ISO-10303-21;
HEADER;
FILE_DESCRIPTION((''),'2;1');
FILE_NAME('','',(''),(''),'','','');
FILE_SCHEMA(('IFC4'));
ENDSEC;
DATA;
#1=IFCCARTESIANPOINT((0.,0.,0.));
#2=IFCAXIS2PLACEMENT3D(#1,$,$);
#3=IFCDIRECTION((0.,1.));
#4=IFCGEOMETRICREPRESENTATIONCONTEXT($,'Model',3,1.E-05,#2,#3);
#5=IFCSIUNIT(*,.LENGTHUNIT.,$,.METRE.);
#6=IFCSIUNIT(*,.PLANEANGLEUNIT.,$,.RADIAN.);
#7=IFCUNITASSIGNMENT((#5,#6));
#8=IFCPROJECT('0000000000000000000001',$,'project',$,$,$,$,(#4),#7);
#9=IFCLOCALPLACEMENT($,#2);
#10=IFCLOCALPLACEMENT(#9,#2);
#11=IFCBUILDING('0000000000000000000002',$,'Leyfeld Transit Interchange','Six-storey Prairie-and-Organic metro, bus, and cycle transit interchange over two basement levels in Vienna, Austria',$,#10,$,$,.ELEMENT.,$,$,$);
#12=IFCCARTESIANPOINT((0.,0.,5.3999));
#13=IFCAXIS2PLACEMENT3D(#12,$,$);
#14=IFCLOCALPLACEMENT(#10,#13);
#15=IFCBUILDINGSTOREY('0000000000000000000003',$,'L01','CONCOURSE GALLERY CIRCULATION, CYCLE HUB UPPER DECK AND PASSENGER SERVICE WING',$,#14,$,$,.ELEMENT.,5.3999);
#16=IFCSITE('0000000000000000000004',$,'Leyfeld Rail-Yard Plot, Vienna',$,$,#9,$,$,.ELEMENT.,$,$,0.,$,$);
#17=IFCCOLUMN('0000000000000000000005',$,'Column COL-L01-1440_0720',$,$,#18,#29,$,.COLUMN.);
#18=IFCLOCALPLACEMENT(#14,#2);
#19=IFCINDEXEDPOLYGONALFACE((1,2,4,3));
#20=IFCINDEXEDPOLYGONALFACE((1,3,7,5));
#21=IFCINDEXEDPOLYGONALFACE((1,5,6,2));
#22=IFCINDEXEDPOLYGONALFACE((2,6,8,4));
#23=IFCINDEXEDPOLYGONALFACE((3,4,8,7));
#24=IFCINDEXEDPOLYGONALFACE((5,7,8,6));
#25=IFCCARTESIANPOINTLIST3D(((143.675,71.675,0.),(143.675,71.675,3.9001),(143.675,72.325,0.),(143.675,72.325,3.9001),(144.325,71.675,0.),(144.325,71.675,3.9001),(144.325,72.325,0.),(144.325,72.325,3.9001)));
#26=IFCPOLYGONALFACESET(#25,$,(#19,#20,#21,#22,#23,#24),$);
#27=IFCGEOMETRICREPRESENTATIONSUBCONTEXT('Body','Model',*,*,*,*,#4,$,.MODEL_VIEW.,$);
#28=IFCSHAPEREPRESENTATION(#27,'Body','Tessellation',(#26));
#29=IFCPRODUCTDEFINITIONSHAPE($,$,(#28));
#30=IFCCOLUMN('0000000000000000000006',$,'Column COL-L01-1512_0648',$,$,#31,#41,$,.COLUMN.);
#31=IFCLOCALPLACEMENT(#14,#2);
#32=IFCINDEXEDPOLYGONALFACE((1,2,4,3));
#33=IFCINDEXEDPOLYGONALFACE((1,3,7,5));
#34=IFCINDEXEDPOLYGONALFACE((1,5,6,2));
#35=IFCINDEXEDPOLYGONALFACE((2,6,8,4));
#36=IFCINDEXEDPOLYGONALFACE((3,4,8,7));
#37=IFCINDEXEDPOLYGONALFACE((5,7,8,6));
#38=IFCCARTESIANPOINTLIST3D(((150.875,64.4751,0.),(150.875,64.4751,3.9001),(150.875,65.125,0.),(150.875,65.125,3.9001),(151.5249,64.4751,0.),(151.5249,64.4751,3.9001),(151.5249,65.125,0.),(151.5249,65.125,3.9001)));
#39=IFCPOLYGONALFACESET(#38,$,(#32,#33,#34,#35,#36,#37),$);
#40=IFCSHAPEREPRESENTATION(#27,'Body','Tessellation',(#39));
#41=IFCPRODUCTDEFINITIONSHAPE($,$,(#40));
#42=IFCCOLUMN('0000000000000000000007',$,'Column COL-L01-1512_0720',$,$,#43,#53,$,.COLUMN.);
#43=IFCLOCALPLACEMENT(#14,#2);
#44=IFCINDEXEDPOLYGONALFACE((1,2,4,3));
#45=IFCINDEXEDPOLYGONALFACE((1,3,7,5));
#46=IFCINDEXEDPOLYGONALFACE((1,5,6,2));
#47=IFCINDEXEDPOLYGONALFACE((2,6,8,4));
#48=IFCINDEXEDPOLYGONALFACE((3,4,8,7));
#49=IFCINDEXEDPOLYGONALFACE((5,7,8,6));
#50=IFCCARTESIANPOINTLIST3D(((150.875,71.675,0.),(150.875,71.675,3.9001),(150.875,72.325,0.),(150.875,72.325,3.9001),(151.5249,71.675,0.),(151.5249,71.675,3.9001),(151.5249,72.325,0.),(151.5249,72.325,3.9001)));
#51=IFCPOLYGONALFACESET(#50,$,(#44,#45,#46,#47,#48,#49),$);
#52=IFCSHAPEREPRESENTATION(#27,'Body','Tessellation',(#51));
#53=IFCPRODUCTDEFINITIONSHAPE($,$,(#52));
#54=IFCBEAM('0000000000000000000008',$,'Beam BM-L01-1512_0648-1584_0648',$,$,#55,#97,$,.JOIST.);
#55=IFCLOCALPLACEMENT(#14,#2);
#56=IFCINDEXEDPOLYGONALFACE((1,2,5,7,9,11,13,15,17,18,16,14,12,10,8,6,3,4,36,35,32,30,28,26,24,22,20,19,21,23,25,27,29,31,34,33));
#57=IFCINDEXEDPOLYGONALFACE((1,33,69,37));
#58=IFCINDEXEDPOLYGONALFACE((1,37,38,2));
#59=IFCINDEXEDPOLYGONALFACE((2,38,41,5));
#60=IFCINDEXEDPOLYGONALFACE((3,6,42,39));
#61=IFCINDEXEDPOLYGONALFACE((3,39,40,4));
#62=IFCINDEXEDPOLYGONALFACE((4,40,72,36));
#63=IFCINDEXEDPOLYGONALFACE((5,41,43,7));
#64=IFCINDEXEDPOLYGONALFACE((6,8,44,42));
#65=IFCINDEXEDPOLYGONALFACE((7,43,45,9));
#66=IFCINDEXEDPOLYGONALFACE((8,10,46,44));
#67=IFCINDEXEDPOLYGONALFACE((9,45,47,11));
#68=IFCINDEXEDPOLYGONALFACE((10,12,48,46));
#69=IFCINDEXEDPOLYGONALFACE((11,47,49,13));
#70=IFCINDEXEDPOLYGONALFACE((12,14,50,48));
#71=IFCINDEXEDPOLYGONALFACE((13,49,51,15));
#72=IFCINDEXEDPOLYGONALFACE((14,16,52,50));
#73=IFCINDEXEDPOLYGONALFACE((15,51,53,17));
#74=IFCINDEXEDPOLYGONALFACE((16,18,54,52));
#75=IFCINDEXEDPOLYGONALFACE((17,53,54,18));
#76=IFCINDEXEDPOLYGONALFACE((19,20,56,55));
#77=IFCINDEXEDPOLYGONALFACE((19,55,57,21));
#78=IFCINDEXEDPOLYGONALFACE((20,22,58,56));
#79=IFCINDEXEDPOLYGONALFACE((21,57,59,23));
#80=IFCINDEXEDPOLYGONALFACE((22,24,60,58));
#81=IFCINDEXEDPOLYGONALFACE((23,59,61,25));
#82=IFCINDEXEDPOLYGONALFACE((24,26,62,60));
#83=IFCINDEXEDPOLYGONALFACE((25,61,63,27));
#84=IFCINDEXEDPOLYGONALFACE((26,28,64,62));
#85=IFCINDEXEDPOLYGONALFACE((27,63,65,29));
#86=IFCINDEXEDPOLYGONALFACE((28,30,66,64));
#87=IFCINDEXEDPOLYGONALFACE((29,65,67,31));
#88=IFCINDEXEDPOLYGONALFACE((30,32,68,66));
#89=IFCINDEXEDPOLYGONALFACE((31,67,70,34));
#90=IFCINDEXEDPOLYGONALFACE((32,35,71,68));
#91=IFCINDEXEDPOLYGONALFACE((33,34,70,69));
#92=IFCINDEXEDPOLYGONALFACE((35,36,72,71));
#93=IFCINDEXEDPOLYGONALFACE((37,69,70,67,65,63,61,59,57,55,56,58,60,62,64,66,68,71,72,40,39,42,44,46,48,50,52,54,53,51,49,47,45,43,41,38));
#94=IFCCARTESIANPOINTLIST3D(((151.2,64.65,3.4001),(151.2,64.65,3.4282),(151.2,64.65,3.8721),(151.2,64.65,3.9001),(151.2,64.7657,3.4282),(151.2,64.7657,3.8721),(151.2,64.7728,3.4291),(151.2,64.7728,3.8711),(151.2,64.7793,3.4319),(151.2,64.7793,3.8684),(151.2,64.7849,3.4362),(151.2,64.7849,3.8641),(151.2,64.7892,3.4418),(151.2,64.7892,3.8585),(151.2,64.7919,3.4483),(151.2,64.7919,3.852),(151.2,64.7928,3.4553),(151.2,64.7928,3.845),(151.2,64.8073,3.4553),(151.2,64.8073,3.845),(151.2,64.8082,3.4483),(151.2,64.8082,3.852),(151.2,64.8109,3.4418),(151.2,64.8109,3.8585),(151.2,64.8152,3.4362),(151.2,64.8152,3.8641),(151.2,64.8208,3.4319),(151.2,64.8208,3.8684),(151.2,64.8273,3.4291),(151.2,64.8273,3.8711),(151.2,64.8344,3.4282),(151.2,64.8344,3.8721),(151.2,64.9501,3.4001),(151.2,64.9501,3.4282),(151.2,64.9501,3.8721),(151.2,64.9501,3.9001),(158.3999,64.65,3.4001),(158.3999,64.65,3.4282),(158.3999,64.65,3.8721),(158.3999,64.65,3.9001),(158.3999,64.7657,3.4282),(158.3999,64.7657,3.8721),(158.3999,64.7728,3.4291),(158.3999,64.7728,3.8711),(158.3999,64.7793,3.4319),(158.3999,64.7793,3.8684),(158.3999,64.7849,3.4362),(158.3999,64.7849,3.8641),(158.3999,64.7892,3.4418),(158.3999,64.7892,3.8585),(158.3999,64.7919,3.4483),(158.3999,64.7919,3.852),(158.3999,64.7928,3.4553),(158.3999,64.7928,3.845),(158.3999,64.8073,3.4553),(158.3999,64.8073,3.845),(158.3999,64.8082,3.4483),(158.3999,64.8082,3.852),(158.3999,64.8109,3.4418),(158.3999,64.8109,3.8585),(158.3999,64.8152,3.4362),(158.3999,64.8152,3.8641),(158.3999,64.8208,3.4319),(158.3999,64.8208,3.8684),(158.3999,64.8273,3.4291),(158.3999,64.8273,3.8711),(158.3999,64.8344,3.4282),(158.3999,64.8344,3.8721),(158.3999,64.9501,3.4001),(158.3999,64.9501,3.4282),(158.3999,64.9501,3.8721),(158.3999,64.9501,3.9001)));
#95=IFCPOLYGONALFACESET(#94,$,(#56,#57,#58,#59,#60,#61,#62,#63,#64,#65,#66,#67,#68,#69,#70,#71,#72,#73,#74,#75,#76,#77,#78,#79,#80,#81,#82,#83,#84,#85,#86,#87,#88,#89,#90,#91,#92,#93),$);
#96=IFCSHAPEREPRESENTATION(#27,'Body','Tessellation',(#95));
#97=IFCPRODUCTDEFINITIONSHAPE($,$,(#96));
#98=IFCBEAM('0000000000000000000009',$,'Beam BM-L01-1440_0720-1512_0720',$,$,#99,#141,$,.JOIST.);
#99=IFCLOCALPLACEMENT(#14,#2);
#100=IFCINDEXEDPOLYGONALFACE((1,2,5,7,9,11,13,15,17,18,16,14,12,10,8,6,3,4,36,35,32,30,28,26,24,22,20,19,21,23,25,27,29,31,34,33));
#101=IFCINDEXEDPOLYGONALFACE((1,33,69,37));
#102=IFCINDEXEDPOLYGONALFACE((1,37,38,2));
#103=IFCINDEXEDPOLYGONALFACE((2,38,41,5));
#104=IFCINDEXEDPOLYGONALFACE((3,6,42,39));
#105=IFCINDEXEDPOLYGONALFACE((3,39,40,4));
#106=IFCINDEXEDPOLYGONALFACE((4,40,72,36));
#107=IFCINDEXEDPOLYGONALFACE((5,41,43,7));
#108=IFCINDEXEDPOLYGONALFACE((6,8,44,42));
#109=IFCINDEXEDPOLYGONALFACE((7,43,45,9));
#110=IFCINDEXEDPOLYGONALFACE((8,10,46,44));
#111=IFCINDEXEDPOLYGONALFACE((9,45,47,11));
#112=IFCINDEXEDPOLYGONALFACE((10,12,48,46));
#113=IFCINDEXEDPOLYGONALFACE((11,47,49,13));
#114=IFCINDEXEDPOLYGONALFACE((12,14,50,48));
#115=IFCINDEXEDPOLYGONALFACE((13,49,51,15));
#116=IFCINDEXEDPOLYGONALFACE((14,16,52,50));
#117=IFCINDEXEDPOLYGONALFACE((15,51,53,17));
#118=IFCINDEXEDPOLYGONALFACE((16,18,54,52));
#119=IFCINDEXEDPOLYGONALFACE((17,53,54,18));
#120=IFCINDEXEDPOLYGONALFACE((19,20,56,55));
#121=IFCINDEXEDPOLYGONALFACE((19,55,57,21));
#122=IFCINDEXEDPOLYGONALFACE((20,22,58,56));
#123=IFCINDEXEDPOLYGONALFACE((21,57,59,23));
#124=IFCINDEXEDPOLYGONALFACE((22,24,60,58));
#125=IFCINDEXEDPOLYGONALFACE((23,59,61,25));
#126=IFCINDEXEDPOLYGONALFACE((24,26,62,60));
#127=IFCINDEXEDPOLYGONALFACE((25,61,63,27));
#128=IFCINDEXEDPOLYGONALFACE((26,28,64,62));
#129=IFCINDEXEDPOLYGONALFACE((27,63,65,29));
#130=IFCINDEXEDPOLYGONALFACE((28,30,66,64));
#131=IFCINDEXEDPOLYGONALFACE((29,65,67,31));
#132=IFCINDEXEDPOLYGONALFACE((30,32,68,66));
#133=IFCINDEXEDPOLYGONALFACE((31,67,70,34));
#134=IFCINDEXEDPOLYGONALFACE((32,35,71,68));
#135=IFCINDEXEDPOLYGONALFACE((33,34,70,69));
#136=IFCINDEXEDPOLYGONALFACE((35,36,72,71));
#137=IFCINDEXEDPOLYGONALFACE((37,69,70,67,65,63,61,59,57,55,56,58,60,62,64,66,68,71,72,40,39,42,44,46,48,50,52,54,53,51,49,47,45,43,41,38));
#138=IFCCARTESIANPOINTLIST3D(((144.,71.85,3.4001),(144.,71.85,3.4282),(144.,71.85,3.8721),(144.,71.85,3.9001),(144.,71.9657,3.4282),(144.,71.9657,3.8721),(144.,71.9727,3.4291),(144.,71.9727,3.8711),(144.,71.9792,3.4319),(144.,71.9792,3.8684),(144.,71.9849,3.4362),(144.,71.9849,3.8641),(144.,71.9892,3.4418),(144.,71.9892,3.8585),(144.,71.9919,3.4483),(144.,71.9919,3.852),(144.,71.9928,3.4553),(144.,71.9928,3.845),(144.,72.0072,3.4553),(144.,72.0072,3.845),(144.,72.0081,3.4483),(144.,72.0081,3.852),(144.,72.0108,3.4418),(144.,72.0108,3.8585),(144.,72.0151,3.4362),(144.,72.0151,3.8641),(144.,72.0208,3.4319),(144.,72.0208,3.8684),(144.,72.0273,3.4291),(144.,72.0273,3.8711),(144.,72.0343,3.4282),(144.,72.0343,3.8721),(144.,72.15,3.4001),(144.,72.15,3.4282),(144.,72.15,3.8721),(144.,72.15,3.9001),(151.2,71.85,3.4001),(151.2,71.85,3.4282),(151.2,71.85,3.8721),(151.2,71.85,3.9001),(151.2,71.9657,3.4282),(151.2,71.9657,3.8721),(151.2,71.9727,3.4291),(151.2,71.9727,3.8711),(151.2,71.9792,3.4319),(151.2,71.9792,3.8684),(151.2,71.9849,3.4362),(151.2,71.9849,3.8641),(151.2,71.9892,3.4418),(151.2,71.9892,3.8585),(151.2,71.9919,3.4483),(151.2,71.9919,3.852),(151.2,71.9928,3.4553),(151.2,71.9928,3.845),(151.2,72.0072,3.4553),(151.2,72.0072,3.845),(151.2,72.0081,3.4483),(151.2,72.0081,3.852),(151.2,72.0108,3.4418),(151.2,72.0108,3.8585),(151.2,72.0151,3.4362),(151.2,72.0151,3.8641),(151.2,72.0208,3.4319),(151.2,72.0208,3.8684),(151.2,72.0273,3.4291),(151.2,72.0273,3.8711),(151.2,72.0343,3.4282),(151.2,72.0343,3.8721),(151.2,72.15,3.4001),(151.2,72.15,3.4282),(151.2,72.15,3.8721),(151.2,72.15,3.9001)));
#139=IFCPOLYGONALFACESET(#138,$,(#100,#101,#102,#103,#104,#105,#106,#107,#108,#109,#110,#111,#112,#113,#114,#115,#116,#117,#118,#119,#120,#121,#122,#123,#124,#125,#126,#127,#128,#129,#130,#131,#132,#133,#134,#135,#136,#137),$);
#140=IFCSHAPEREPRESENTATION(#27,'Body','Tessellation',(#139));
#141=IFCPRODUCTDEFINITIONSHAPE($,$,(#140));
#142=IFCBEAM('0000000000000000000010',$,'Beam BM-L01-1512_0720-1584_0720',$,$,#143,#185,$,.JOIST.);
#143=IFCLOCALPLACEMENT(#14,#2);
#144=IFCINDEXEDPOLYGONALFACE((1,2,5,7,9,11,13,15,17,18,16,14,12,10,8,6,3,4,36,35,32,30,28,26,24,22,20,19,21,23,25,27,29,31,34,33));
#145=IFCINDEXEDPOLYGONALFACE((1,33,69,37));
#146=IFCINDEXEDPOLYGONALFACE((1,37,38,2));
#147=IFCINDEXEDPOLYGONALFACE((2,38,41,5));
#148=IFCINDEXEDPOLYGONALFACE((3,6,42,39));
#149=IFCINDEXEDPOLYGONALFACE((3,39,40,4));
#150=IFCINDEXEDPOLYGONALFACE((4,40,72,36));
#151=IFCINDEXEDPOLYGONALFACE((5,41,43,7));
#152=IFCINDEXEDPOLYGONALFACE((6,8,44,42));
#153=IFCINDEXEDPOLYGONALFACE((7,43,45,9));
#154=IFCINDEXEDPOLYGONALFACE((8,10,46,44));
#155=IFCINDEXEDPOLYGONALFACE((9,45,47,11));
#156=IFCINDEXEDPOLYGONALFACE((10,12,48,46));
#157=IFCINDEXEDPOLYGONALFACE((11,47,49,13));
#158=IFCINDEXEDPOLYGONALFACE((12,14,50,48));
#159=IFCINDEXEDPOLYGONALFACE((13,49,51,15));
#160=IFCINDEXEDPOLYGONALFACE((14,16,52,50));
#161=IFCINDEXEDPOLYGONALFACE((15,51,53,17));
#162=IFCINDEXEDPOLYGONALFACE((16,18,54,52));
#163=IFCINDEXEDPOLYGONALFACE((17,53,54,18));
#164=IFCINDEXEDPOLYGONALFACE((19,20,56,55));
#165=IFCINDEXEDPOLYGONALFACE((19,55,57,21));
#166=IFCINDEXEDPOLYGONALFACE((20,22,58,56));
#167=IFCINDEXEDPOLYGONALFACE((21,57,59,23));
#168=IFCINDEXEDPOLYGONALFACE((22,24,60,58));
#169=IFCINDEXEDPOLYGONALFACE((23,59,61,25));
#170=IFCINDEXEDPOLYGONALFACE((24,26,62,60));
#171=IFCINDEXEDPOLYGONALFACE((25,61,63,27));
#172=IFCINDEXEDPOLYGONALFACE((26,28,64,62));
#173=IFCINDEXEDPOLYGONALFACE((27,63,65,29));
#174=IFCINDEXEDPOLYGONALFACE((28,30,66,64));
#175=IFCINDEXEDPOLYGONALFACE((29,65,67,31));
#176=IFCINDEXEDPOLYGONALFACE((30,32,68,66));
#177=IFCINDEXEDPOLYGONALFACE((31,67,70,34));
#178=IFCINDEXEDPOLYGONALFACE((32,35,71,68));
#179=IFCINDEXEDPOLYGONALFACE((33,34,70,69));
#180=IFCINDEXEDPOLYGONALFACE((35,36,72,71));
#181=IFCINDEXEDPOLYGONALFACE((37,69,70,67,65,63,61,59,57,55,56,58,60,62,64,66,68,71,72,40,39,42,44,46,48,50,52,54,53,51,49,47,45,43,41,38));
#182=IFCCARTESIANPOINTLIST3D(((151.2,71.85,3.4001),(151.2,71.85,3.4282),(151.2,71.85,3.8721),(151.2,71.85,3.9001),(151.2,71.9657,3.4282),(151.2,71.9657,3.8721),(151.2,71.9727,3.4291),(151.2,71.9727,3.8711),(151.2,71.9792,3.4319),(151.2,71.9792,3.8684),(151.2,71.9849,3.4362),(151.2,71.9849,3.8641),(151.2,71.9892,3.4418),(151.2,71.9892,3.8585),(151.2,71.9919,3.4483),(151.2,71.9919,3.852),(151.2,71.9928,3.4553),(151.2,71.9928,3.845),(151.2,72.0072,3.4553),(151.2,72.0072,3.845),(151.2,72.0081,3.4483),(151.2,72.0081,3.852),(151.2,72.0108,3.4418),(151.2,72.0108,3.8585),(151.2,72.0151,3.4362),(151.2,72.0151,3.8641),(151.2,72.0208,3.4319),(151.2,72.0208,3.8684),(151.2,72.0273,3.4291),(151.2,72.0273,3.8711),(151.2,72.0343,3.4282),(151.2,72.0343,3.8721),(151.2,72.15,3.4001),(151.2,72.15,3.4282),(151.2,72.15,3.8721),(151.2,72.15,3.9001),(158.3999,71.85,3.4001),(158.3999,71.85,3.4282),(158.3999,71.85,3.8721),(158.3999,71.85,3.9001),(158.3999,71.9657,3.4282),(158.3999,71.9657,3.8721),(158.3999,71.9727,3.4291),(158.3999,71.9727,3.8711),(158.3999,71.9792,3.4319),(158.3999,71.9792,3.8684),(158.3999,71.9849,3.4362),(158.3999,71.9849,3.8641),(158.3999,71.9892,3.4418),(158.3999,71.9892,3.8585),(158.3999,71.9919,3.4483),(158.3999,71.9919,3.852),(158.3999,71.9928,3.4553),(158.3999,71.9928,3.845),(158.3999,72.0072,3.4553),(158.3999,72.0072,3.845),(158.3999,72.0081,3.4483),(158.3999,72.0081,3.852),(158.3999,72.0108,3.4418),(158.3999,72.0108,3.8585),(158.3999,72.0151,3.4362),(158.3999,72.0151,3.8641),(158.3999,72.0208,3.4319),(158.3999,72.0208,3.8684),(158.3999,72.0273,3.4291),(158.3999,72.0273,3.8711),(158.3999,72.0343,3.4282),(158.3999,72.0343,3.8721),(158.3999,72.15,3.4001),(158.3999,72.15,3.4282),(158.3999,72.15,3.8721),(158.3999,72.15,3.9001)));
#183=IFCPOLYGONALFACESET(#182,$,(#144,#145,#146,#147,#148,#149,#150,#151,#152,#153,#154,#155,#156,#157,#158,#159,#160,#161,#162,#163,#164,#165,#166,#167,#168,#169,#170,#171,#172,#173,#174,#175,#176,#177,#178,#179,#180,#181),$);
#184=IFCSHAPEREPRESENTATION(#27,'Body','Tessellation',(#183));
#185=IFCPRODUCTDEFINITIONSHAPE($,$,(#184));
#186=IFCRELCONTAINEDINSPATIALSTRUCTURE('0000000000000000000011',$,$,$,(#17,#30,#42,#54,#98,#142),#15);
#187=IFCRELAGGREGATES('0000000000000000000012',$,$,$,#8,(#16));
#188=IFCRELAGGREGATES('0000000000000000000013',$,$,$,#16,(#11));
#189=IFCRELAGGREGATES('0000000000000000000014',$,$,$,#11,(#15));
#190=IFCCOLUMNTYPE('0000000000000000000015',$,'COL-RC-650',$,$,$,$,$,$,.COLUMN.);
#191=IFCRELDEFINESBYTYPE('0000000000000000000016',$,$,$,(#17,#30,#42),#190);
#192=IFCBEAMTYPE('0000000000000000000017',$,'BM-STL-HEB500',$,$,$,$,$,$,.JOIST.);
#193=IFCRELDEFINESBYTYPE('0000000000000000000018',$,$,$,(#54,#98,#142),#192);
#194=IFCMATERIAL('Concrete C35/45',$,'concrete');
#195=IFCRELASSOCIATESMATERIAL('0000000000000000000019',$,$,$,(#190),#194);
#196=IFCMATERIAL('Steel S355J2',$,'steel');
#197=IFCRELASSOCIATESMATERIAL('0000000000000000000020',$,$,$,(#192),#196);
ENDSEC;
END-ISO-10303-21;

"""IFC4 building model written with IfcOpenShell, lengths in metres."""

from ifc_helpers import new_model, si_unit, direction, frame, origin, origin_2d, place, context, subcontext, project, spatial, rectangle, i_section, extrude, material, material_profile, profile_set, type_object, element, save


model = new_model("IFC4")

# Units and contexts
model_context = context("Model", 3, precision=1e-05, world=origin(), true_north=direction((0.0, 1.0)))
body_context = subcontext(model_context, "Body", "Model", "MODEL_VIEW")
ifc_project = project(units=[si_unit("LENGTHUNIT", "METRE"), si_unit("PLANEANGLEUNIT", "RADIAN")], contexts=[model_context])

# Site, building, storey
site_placement = place(None, origin())
site = spatial("IfcSite", under=ifc_project, at=site_placement, Name="Leyfeld Rail-Yard Plot, Vienna", CompositionType="ELEMENT", RefElevation=0.0)
building_placement = place(site_placement, origin())
building = spatial("IfcBuilding", under=site, at=building_placement, Name="Leyfeld Transit Interchange", Description="Six-storey Prairie-and-Organic metro, bus, and cycle transit interchange over two basement levels in Vienna, Austria", CompositionType="ELEMENT")
storey_placement = place(building_placement, frame((0.0, 0.0, 5.3999)))
storey = spatial("IfcBuildingStorey", under=building, at=storey_placement, Name="L01", Description="CONCOURSE GALLERY CIRCULATION, CYCLE HUB UPPER DECK AND PASSENGER SERVICE WING", CompositionType="ELEMENT", Elevation=5.3999)

# Columns
ifc_material_1 = material(Name="Concrete C35/45", Category="concrete")
ifc_material_profile_1 = material_profile(ifc_material_1, rectangle(XDim=0.6499, YDim=0.6499, at=origin_2d()), Name="RC 650x650")
ifc_profile_set_1 = profile_set([ifc_material_profile_1], Name="Concrete C35/45")
column_type = type_object("IfcColumnType", Name="COL-RC-650", PredefinedType="COLUMN", material=ifc_profile_set_1)
for number, where, z_axis, x_axis, name in (
    (1, (144.0, 72.0, 0.0), (0.0, 0.0, 1.0), (1.0, 0.0, 0.0), "Column COL-L01-1440_0720"),
    (2, (151.2, 64.8, 0.0), (0.0, 0.0, 1.0), (1.0, 0.0, 0.0), "Column COL-L01-1512_0648"),
    (3, (151.2, 72.0, 0.0), (0.0, 0.0, 1.0), (1.0, 0.0, 0.0), "Column COL-L01-1512_0720"),
):
    element("IfcColumn", number, at=place(storey_placement, frame(where, z_axis=z_axis, x_axis=x_axis)), inside=storey, type_object=column_type, Name=name, PredefinedType="COLUMN", context=body_context, shape_type="SweptSolid", body=[
        extrude(rectangle(XDim=0.6499, YDim=0.6499, at=origin_2d()), origin(), (0.0, 0.0, 1.0), 3.9001),
    ])

# Beams
ifc_material_2 = material(Name="Steel S355J2", Category="steel")
ifc_material_profile_2 = material_profile(ifc_material_2, i_section(OverallWidth=0.3, OverallDepth=0.5, WebThickness=0.0144, FlangeThickness=0.0281, FilletRadius=0.0271, at=origin_2d()), Name="HEB 500")
ifc_profile_set_2 = profile_set([ifc_material_profile_2], Name="Steel S355J2")
beam_type_1 = type_object("IfcBeamType", Name="BM-STL-HEB500", PredefinedType="JOIST", material=ifc_profile_set_2)
for number, where, z_axis, x_axis, name in (
    (4, (151.2, 64.8, 3.6501), (1.0, 0.0, 0.0), (0.0, 1.0, 0.0), "Beam BM-L01-1512_0648-1584_0648"),
    (5, (144.0, 72.0, 3.6501), (1.0, 0.0, 0.0), (0.0, 1.0, 0.0), "Beam BM-L01-1440_0720-1512_0720"),
    (6, (151.2, 72.0, 3.6501), (1.0, 0.0, 0.0), (0.0, 1.0, 0.0), "Beam BM-L01-1512_0720-1584_0720"),
):
    element("IfcBeam", number, at=place(storey_placement, frame(where, z_axis=z_axis, x_axis=x_axis)), inside=storey, type_object=beam_type_1, Name=name, PredefinedType="JOIST", context=body_context, shape_type="SweptSolid", body=[
        extrude(i_section(OverallWidth=0.3, OverallDepth=0.5, WebThickness=0.0144, FlangeThickness=0.0281, FilletRadius=0.0271, at=origin_2d()), origin(), (0.0, 0.0, 1.0), 7.2),
    ])

save(model, "model.ifc")
